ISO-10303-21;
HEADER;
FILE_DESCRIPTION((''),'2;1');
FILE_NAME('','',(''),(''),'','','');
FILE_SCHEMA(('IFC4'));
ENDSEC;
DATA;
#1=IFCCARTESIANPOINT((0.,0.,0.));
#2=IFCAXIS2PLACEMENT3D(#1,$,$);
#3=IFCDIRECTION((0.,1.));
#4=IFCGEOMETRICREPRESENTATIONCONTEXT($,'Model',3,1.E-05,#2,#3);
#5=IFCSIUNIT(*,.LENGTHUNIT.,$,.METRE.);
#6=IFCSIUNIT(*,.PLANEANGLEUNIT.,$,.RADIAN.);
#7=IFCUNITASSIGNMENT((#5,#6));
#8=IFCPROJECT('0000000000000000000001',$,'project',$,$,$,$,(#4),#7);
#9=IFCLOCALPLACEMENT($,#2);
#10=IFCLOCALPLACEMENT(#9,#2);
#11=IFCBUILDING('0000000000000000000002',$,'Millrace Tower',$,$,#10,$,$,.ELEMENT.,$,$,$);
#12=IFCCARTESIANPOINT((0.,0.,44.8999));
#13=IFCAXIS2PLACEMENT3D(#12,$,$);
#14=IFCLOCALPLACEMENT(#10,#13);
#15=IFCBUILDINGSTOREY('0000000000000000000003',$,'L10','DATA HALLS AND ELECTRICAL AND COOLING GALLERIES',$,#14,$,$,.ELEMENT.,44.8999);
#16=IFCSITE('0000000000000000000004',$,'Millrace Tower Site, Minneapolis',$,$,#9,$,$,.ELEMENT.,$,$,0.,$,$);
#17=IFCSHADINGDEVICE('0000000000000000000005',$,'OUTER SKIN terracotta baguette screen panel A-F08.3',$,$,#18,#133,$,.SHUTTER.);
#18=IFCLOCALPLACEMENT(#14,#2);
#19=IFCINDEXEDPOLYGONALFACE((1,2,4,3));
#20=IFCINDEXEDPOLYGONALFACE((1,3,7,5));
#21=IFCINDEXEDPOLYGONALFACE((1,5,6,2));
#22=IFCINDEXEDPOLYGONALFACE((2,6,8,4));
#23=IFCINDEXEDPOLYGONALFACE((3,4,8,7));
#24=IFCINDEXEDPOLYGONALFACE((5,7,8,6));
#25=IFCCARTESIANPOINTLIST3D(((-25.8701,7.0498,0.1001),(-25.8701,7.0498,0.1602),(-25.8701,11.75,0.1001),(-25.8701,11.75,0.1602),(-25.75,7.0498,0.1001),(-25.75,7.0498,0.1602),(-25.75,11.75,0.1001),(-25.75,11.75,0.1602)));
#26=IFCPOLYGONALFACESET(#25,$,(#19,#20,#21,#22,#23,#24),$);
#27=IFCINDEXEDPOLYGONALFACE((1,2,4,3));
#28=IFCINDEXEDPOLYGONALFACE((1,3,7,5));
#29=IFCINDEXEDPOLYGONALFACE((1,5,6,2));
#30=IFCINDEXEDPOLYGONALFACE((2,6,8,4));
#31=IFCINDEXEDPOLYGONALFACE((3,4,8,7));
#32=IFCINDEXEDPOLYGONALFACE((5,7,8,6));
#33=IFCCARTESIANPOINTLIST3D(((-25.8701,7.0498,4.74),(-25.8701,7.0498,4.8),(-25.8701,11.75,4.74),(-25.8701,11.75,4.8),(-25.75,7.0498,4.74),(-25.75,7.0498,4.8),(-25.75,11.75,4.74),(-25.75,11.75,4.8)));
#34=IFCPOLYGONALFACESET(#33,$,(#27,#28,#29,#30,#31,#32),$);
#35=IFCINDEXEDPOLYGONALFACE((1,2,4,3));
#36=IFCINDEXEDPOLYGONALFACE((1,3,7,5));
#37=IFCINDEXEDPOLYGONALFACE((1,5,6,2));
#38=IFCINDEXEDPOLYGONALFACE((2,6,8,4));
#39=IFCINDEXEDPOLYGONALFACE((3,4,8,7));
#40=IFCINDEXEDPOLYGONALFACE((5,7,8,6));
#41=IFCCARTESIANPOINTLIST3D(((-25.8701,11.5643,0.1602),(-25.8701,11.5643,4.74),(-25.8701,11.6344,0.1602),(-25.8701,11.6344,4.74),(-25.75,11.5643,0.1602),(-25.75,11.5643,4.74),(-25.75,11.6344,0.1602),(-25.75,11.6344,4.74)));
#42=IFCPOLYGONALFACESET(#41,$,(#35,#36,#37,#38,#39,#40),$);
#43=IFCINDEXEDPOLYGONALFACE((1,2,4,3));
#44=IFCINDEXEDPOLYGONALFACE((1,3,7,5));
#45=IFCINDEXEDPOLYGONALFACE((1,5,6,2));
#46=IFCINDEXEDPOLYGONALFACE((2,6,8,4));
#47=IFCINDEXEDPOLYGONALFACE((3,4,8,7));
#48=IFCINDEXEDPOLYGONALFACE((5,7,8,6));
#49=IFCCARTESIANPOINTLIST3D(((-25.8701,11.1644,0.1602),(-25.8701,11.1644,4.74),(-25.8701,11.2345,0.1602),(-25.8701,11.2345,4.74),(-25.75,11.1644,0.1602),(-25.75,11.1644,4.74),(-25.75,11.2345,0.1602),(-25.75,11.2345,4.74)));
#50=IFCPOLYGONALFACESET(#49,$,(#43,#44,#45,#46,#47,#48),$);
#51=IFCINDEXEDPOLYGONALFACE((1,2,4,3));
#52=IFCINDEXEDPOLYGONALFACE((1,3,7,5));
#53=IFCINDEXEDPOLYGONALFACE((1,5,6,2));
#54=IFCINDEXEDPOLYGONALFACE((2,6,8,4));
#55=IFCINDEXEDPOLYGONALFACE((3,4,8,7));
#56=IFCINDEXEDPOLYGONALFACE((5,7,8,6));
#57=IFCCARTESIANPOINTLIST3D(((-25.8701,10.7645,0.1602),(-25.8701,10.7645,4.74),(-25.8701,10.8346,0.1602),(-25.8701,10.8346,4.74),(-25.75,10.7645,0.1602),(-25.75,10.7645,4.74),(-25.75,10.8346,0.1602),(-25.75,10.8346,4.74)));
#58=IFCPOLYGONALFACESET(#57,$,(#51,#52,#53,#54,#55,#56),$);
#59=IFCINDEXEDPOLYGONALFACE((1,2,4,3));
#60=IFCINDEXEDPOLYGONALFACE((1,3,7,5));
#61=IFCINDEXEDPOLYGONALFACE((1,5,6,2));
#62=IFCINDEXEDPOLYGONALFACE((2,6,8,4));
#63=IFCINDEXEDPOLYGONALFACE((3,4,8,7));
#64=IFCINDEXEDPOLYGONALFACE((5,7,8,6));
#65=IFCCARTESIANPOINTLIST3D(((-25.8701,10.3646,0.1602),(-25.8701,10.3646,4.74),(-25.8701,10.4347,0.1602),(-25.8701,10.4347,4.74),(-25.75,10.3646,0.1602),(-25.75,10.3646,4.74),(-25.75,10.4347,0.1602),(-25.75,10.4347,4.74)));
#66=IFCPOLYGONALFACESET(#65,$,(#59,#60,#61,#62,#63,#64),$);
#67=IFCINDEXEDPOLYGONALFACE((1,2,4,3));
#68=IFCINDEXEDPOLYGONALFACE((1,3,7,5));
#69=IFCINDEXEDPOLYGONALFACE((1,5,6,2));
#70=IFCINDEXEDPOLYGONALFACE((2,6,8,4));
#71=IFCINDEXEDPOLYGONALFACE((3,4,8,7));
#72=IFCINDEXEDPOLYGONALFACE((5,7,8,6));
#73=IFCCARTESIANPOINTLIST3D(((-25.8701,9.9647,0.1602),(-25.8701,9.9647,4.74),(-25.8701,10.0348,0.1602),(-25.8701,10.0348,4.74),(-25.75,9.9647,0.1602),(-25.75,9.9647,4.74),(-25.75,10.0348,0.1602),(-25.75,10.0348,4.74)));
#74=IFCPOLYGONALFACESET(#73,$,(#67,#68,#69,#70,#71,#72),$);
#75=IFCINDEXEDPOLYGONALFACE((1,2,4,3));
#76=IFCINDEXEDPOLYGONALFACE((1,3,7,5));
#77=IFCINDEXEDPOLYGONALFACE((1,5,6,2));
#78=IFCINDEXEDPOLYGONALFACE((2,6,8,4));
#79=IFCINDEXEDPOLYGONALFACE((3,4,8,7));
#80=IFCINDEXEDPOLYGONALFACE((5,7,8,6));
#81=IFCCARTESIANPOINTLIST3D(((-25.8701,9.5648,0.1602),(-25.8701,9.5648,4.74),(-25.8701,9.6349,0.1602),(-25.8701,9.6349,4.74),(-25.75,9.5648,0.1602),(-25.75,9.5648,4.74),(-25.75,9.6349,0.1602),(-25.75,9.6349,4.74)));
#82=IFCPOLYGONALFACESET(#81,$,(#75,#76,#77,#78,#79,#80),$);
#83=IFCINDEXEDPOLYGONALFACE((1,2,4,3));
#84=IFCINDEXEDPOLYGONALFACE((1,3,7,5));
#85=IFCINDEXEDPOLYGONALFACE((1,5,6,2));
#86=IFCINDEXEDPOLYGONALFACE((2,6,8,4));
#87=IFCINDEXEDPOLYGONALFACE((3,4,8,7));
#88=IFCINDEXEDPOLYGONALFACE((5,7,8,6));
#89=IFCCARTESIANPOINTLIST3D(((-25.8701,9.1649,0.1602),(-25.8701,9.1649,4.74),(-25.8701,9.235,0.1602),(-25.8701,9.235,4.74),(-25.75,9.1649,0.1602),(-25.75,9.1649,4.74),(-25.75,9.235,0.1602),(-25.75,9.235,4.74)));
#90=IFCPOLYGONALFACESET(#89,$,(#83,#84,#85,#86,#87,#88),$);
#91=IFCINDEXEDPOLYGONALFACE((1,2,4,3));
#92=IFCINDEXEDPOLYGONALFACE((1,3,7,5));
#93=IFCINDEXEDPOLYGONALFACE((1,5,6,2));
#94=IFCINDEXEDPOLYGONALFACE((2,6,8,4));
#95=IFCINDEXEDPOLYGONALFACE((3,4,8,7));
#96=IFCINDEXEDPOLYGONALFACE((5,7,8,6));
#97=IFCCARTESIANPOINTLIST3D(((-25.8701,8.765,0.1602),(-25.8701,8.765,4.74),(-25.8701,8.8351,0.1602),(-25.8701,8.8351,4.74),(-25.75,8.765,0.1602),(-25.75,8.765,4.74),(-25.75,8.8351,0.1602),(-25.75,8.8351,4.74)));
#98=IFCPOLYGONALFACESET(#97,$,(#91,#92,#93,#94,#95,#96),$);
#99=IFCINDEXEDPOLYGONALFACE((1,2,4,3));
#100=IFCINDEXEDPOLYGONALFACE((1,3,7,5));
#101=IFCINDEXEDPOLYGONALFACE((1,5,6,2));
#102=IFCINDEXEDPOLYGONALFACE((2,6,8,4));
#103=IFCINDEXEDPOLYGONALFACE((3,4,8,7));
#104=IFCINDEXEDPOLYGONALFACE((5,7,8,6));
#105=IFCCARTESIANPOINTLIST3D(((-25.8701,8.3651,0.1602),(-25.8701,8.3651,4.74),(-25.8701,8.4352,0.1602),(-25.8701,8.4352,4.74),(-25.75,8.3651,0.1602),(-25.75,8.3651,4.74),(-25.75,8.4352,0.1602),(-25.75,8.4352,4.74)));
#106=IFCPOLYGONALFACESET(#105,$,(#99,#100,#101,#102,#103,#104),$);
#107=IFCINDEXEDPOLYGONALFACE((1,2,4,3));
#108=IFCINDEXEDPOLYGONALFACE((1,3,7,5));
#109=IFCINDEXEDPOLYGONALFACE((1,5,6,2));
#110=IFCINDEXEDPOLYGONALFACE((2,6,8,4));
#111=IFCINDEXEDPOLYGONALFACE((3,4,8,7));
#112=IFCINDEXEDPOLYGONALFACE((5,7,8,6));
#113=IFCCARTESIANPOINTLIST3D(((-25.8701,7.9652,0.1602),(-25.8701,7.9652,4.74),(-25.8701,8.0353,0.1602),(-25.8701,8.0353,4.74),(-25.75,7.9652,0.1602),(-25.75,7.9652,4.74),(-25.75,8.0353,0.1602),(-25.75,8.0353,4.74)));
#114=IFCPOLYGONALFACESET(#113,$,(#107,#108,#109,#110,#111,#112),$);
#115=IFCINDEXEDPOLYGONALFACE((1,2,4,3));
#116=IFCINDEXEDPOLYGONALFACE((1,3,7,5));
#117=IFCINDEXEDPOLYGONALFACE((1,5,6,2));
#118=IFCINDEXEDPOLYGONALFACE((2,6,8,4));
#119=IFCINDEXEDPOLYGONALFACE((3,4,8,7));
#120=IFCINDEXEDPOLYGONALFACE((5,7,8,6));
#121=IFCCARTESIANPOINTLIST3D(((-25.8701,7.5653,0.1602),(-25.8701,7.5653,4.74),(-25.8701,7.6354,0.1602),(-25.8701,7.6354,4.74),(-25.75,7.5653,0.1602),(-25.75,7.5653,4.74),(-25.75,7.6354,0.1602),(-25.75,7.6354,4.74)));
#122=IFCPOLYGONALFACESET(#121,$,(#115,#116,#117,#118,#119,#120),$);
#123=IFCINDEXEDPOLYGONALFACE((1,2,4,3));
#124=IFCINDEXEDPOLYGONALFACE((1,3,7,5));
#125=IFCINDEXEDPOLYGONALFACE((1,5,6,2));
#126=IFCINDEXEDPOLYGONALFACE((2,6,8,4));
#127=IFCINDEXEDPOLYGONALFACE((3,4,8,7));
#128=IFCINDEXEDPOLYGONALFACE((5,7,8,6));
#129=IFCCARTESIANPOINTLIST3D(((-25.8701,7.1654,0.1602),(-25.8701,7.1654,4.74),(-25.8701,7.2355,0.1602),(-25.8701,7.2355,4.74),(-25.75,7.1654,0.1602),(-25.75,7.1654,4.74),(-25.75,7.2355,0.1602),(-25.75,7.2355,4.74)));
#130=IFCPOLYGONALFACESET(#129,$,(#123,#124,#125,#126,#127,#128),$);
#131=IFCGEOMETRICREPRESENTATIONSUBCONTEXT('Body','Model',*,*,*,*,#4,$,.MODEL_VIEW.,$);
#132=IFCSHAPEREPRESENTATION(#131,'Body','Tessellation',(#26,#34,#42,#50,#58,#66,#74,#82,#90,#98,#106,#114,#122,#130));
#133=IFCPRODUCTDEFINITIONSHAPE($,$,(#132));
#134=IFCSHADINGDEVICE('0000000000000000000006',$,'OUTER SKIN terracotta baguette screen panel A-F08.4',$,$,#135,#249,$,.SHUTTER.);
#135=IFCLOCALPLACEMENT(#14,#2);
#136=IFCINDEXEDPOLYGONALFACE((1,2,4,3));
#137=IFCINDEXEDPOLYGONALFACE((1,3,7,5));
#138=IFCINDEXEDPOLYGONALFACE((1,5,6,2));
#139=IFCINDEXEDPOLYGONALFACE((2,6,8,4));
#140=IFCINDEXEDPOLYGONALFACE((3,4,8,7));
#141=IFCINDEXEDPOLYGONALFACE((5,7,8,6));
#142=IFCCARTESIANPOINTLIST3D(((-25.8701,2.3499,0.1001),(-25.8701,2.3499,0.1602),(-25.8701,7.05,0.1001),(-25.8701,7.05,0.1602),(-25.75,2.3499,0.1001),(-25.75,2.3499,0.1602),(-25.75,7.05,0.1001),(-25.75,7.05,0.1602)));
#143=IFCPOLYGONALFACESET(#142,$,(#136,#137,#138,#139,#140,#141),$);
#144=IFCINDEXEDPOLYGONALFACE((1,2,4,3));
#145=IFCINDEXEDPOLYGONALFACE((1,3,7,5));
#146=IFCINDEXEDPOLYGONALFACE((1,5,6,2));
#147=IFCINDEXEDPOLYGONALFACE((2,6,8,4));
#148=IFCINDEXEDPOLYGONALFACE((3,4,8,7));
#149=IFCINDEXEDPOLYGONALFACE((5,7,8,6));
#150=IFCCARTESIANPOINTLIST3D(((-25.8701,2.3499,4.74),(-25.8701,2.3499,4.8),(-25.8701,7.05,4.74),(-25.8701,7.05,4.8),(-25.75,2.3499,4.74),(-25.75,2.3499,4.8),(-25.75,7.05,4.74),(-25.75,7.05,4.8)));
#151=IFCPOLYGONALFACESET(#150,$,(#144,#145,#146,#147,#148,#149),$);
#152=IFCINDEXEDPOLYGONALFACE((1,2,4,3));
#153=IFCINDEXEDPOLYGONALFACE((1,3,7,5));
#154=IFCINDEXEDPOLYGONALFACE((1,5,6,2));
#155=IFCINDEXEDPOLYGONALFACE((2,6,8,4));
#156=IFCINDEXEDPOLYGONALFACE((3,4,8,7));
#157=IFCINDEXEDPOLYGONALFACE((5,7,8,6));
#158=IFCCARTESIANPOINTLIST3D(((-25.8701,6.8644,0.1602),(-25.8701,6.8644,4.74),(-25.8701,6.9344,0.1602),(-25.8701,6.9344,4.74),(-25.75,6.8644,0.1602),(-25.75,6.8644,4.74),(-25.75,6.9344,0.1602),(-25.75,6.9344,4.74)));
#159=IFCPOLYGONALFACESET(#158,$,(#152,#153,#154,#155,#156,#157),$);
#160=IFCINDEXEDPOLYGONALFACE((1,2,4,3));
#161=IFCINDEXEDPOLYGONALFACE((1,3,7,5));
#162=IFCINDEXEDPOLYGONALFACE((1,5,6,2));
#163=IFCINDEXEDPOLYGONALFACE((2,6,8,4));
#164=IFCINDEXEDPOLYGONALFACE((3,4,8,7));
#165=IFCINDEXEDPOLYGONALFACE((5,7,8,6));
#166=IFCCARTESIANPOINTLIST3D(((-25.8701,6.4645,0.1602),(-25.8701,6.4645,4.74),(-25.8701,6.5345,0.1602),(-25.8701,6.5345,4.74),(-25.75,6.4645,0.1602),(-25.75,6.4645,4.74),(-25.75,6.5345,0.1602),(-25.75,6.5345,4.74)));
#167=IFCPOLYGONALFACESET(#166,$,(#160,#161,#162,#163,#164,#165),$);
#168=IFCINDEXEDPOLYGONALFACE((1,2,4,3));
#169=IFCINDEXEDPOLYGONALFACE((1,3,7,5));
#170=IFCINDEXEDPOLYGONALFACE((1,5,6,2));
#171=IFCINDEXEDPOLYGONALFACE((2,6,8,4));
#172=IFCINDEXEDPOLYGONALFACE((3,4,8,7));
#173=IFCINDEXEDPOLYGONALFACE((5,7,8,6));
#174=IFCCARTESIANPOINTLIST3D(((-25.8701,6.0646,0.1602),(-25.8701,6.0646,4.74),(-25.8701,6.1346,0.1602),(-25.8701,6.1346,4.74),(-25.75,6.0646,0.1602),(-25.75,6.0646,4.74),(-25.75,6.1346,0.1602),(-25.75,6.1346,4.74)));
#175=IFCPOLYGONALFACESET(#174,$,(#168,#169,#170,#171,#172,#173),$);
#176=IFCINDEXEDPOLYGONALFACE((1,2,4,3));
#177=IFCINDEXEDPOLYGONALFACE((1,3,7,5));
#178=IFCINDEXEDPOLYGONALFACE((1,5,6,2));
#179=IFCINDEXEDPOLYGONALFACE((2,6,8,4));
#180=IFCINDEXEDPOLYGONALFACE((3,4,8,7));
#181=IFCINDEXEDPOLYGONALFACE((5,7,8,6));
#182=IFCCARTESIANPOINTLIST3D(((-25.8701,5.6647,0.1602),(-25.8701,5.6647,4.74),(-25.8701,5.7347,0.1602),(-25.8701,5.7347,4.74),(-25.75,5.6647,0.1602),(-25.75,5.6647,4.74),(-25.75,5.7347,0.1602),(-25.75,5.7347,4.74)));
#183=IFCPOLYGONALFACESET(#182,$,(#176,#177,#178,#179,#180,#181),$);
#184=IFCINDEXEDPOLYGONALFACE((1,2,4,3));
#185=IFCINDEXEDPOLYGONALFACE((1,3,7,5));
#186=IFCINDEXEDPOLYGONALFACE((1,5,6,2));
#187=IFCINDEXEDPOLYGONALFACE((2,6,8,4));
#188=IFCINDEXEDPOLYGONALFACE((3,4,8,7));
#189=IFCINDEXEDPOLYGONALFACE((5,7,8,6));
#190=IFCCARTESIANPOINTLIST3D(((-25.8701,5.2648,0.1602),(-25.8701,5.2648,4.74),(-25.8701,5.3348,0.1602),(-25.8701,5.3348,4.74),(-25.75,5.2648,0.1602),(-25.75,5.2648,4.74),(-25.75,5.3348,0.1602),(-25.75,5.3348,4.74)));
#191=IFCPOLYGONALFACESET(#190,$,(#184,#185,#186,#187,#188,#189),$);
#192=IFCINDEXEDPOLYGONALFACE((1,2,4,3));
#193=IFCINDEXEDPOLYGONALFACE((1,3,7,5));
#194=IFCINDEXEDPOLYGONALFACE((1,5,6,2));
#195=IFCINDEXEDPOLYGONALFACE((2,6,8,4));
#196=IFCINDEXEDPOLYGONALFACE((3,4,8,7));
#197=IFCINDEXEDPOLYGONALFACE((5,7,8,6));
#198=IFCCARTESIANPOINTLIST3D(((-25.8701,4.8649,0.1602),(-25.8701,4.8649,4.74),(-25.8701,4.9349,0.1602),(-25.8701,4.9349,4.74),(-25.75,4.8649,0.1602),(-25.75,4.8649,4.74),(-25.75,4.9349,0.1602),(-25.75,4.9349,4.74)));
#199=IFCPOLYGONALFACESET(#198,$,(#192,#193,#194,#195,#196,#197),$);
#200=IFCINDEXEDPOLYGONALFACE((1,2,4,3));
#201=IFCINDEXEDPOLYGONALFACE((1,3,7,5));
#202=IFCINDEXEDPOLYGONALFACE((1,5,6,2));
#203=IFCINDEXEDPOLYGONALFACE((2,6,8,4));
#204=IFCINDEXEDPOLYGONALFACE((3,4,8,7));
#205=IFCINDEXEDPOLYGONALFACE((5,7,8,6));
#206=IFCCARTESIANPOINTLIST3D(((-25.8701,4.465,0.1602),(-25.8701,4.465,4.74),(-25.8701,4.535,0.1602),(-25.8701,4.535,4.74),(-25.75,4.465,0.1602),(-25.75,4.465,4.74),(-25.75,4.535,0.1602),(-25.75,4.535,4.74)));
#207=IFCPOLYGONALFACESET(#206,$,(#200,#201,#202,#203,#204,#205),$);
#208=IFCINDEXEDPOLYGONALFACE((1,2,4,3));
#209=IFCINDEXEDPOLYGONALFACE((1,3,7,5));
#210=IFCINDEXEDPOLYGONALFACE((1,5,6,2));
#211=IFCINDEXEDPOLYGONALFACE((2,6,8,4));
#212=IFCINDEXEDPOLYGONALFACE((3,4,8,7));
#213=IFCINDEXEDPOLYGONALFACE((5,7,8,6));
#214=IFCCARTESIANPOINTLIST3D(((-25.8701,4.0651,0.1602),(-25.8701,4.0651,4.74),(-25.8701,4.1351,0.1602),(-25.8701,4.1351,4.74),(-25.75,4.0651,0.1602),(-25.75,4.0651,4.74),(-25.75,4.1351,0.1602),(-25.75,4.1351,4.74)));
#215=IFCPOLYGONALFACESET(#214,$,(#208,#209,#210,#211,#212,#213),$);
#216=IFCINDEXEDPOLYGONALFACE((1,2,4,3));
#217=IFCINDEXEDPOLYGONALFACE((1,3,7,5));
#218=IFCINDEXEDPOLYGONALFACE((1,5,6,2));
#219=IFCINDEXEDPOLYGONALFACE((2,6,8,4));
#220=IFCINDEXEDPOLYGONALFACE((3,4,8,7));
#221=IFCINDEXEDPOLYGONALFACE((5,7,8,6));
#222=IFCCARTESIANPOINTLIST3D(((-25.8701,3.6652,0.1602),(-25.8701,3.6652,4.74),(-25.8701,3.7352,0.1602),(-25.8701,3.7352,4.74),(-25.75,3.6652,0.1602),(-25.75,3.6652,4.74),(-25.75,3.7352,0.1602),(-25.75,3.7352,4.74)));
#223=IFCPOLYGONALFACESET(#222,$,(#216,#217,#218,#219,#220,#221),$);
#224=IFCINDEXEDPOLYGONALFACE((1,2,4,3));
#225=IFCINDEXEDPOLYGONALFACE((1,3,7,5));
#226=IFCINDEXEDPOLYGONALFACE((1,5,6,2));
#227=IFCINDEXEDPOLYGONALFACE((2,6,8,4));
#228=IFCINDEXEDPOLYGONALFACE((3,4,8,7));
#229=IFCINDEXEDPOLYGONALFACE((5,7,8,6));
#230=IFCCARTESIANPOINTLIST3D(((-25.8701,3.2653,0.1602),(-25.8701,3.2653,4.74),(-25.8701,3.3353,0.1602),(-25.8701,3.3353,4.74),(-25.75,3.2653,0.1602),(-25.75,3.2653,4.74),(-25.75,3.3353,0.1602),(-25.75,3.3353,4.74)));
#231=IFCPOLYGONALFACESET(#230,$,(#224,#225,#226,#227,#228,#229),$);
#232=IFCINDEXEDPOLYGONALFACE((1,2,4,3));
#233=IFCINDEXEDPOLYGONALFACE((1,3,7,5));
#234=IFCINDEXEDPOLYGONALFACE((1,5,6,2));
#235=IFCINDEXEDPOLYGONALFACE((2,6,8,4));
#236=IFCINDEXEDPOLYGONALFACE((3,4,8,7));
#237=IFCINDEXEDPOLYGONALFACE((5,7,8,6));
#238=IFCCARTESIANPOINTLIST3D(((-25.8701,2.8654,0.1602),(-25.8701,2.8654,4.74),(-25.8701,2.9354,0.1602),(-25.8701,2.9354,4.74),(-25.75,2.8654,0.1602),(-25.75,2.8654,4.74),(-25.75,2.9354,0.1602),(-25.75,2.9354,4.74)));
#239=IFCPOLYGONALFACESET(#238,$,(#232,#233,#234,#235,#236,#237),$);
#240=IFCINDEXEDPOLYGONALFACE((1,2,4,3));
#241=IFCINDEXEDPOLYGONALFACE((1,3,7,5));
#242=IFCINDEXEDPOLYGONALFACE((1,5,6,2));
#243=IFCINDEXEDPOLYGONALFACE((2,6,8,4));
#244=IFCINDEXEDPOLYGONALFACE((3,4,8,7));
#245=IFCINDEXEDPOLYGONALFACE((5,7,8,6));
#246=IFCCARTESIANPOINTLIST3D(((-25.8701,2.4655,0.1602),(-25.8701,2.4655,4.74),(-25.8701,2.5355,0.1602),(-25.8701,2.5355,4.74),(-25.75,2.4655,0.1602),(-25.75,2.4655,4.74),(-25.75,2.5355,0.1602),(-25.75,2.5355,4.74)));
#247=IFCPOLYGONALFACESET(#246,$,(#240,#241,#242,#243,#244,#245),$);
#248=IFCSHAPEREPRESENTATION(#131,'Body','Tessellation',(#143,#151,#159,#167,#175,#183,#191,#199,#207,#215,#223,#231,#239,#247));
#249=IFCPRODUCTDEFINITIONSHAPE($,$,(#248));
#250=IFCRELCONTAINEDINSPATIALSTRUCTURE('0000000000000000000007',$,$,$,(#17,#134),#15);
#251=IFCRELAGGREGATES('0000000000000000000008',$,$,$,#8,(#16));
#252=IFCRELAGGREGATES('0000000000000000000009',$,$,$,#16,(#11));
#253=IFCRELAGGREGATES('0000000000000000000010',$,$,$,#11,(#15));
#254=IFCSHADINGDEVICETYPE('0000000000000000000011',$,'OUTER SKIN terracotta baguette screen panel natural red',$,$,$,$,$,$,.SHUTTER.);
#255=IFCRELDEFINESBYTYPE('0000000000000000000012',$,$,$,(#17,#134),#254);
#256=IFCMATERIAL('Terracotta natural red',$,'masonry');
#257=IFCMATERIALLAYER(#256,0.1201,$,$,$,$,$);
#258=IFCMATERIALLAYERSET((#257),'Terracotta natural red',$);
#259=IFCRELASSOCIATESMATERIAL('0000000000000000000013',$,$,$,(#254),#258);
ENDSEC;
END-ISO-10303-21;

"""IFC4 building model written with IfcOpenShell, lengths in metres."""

from ifc_helpers import new_model, entity, si_unit, direction, frame, frame_2d, origin, place, context, subcontext, project, spatial, rectangle, extrude, source, transform, mapped, material, layer, layer_set, type_object, element, save


model = new_model("IFC4")

# Units and contexts
model_context = context("Model", 3, precision=1e-05, world=origin(), true_north=direction((0.0, 1.0)))
body_context = subcontext(model_context, "Body", "Model", "MODEL_VIEW")
ifc_project = project(units=[si_unit("LENGTHUNIT", "METRE"), si_unit("PLANEANGLEUNIT", "RADIAN")], contexts=[model_context])

# Site, building, storey
site_placement = place(None, origin())
site = spatial("IfcSite", under=ifc_project, at=site_placement, Name="Millrace Tower Site, Minneapolis", CompositionType="ELEMENT", RefElevation=0.0)
building_placement = place(site_placement, origin())
building = spatial("IfcBuilding", under=site, at=building_placement, Name="Millrace Tower", CompositionType="ELEMENT")
storey_placement = place(building_placement, frame((0.0, 0.0, 44.8999)))
storey = spatial("IfcBuildingStorey", under=building, at=storey_placement, Name="L10", Description="DATA HALLS AND ELECTRICAL AND COOLING GALLERIES", CompositionType="ELEMENT", Elevation=44.8999)

# Shading devices
ifc_material_1 = material(Name="Terracotta natural red", Category="masonry")
ifc_layer_1 = layer(ifc_material_1, 0.1201)
ifc_layer_set_1 = layer_set([ifc_layer_1], Name="Terracotta natural red")
shading_device_type = type_object("IfcShadingDeviceType", Name="OUTER SKIN terracotta baguette screen panel natural red", PredefinedType="SHUTTER", material=ifc_layer_set_1)
cartesian_point = entity("IfcCartesianPoint", [-2.3501, 0.0601])
shared_polyline = entity("IfcPolyline", [cartesian_point, entity("IfcCartesianPoint", [2.3501, 0.0601]), entity("IfcCartesianPoint", [2.3501, -0.0601]), entity("IfcCartesianPoint", [-2.3501, -0.0601]), cartesian_point])
shared_shape = source(origin(), body_context, "Body", "SweptSolid", [
    entity("IfcExtrudedAreaSolid", entity("IfcArbitraryClosedProfileDef", "AREA", None, shared_polyline), entity("IfcAxis2Placement3D", entity("IfcCartesianPoint", [0.0, 0.0, 0.0])), entity("IfcDirection", [0.0, 0.0, 1.0]), 0.0601),
    entity("IfcExtrudedAreaSolid", entity("IfcArbitraryClosedProfileDef", "AREA", None, shared_polyline), entity("IfcAxis2Placement3D", entity("IfcCartesianPoint", [0.0, 0.0, 4.6399])), entity("IfcDirection", [0.0, 0.0, 1.0]), 0.0601),
    extrude(rectangle(XDim=0.0701, YDim=0.1201, at=frame_2d((-2.1995, 0.0))), frame((0.0, 0.0, 0.0601)), (0.0, 0.0, 1.0), 4.5798),
    extrude(rectangle(XDim=0.0701, YDim=0.1201, at=frame_2d((-1.7996, 0.0))), frame((0.0, 0.0, 0.0601)), (0.0, 0.0, 1.0), 4.5798),
    extrude(rectangle(XDim=0.0701, YDim=0.1201, at=frame_2d((-1.3997, 0.0))), frame((0.0, 0.0, 0.0601)), (0.0, 0.0, 1.0), 4.5798),
    extrude(rectangle(XDim=0.0701, YDim=0.1201, at=frame_2d((-0.9998, 0.0))), frame((0.0, 0.0, 0.0601)), (0.0, 0.0, 1.0), 4.5798),
    extrude(rectangle(XDim=0.0701, YDim=0.1201, at=frame_2d((-0.5999, 0.0))), frame((0.0, 0.0, 0.0601)), (0.0, 0.0, 1.0), 4.5798),
    extrude(rectangle(XDim=0.0701, YDim=0.1201, at=frame_2d((-0.2, 0.0))), frame((0.0, 0.0, 0.0601)), (0.0, 0.0, 1.0), 4.5798),
    extrude(rectangle(XDim=0.0701, YDim=0.1201, at=frame_2d((0.2, 0.0))), frame((0.0, 0.0, 0.0601)), (0.0, 0.0, 1.0), 4.5798),
    extrude(rectangle(XDim=0.0701, YDim=0.1201, at=frame_2d((0.5999, 0.0))), frame((0.0, 0.0, 0.0601)), (0.0, 0.0, 1.0), 4.5798),
    extrude(rectangle(XDim=0.0701, YDim=0.1201, at=frame_2d((0.9998, 0.0))), frame((0.0, 0.0, 0.0601)), (0.0, 0.0, 1.0), 4.5798),
    extrude(rectangle(XDim=0.0701, YDim=0.1201, at=frame_2d((1.3997, 0.0))), frame((0.0, 0.0, 0.0601)), (0.0, 0.0, 1.0), 4.5798),
    extrude(rectangle(XDim=0.0701, YDim=0.1201, at=frame_2d((1.7996, 0.0))), frame((0.0, 0.0, 0.0601)), (0.0, 0.0, 1.0), 4.5798),
    extrude(rectangle(XDim=0.0701, YDim=0.1201, at=frame_2d((2.1995, 0.0))), frame((0.0, 0.0, 0.0601)), (0.0, 0.0, 1.0), 4.5798),
])
for number, where, z_axis, x_axis, name in (
    (1, (-25.8101, 9.3999, 0.1001), (0.0, 0.0, 1.0), (0.0, -1.0, 0.0), "OUTER SKIN terracotta baguette screen panel A-F08.3"),
    (2, (-25.8101, 4.7, 0.1001), (0.0, 0.0, 1.0), (0.0, -1.0, 0.0), "OUTER SKIN terracotta baguette screen panel A-F08.4"),
):
    element("IfcShadingDevice", number, at=place(storey_placement, frame(where, z_axis=z_axis, x_axis=x_axis)), inside=storey, type_object=shading_device_type, Name=name, PredefinedType="SHUTTER", context=body_context, shape_type="MappedRepresentation", body=[
        mapped(shared_shape, transform((0.0, 0.0, 0.0), scale=1.0)),
    ])

save(model, "model.ifc")
